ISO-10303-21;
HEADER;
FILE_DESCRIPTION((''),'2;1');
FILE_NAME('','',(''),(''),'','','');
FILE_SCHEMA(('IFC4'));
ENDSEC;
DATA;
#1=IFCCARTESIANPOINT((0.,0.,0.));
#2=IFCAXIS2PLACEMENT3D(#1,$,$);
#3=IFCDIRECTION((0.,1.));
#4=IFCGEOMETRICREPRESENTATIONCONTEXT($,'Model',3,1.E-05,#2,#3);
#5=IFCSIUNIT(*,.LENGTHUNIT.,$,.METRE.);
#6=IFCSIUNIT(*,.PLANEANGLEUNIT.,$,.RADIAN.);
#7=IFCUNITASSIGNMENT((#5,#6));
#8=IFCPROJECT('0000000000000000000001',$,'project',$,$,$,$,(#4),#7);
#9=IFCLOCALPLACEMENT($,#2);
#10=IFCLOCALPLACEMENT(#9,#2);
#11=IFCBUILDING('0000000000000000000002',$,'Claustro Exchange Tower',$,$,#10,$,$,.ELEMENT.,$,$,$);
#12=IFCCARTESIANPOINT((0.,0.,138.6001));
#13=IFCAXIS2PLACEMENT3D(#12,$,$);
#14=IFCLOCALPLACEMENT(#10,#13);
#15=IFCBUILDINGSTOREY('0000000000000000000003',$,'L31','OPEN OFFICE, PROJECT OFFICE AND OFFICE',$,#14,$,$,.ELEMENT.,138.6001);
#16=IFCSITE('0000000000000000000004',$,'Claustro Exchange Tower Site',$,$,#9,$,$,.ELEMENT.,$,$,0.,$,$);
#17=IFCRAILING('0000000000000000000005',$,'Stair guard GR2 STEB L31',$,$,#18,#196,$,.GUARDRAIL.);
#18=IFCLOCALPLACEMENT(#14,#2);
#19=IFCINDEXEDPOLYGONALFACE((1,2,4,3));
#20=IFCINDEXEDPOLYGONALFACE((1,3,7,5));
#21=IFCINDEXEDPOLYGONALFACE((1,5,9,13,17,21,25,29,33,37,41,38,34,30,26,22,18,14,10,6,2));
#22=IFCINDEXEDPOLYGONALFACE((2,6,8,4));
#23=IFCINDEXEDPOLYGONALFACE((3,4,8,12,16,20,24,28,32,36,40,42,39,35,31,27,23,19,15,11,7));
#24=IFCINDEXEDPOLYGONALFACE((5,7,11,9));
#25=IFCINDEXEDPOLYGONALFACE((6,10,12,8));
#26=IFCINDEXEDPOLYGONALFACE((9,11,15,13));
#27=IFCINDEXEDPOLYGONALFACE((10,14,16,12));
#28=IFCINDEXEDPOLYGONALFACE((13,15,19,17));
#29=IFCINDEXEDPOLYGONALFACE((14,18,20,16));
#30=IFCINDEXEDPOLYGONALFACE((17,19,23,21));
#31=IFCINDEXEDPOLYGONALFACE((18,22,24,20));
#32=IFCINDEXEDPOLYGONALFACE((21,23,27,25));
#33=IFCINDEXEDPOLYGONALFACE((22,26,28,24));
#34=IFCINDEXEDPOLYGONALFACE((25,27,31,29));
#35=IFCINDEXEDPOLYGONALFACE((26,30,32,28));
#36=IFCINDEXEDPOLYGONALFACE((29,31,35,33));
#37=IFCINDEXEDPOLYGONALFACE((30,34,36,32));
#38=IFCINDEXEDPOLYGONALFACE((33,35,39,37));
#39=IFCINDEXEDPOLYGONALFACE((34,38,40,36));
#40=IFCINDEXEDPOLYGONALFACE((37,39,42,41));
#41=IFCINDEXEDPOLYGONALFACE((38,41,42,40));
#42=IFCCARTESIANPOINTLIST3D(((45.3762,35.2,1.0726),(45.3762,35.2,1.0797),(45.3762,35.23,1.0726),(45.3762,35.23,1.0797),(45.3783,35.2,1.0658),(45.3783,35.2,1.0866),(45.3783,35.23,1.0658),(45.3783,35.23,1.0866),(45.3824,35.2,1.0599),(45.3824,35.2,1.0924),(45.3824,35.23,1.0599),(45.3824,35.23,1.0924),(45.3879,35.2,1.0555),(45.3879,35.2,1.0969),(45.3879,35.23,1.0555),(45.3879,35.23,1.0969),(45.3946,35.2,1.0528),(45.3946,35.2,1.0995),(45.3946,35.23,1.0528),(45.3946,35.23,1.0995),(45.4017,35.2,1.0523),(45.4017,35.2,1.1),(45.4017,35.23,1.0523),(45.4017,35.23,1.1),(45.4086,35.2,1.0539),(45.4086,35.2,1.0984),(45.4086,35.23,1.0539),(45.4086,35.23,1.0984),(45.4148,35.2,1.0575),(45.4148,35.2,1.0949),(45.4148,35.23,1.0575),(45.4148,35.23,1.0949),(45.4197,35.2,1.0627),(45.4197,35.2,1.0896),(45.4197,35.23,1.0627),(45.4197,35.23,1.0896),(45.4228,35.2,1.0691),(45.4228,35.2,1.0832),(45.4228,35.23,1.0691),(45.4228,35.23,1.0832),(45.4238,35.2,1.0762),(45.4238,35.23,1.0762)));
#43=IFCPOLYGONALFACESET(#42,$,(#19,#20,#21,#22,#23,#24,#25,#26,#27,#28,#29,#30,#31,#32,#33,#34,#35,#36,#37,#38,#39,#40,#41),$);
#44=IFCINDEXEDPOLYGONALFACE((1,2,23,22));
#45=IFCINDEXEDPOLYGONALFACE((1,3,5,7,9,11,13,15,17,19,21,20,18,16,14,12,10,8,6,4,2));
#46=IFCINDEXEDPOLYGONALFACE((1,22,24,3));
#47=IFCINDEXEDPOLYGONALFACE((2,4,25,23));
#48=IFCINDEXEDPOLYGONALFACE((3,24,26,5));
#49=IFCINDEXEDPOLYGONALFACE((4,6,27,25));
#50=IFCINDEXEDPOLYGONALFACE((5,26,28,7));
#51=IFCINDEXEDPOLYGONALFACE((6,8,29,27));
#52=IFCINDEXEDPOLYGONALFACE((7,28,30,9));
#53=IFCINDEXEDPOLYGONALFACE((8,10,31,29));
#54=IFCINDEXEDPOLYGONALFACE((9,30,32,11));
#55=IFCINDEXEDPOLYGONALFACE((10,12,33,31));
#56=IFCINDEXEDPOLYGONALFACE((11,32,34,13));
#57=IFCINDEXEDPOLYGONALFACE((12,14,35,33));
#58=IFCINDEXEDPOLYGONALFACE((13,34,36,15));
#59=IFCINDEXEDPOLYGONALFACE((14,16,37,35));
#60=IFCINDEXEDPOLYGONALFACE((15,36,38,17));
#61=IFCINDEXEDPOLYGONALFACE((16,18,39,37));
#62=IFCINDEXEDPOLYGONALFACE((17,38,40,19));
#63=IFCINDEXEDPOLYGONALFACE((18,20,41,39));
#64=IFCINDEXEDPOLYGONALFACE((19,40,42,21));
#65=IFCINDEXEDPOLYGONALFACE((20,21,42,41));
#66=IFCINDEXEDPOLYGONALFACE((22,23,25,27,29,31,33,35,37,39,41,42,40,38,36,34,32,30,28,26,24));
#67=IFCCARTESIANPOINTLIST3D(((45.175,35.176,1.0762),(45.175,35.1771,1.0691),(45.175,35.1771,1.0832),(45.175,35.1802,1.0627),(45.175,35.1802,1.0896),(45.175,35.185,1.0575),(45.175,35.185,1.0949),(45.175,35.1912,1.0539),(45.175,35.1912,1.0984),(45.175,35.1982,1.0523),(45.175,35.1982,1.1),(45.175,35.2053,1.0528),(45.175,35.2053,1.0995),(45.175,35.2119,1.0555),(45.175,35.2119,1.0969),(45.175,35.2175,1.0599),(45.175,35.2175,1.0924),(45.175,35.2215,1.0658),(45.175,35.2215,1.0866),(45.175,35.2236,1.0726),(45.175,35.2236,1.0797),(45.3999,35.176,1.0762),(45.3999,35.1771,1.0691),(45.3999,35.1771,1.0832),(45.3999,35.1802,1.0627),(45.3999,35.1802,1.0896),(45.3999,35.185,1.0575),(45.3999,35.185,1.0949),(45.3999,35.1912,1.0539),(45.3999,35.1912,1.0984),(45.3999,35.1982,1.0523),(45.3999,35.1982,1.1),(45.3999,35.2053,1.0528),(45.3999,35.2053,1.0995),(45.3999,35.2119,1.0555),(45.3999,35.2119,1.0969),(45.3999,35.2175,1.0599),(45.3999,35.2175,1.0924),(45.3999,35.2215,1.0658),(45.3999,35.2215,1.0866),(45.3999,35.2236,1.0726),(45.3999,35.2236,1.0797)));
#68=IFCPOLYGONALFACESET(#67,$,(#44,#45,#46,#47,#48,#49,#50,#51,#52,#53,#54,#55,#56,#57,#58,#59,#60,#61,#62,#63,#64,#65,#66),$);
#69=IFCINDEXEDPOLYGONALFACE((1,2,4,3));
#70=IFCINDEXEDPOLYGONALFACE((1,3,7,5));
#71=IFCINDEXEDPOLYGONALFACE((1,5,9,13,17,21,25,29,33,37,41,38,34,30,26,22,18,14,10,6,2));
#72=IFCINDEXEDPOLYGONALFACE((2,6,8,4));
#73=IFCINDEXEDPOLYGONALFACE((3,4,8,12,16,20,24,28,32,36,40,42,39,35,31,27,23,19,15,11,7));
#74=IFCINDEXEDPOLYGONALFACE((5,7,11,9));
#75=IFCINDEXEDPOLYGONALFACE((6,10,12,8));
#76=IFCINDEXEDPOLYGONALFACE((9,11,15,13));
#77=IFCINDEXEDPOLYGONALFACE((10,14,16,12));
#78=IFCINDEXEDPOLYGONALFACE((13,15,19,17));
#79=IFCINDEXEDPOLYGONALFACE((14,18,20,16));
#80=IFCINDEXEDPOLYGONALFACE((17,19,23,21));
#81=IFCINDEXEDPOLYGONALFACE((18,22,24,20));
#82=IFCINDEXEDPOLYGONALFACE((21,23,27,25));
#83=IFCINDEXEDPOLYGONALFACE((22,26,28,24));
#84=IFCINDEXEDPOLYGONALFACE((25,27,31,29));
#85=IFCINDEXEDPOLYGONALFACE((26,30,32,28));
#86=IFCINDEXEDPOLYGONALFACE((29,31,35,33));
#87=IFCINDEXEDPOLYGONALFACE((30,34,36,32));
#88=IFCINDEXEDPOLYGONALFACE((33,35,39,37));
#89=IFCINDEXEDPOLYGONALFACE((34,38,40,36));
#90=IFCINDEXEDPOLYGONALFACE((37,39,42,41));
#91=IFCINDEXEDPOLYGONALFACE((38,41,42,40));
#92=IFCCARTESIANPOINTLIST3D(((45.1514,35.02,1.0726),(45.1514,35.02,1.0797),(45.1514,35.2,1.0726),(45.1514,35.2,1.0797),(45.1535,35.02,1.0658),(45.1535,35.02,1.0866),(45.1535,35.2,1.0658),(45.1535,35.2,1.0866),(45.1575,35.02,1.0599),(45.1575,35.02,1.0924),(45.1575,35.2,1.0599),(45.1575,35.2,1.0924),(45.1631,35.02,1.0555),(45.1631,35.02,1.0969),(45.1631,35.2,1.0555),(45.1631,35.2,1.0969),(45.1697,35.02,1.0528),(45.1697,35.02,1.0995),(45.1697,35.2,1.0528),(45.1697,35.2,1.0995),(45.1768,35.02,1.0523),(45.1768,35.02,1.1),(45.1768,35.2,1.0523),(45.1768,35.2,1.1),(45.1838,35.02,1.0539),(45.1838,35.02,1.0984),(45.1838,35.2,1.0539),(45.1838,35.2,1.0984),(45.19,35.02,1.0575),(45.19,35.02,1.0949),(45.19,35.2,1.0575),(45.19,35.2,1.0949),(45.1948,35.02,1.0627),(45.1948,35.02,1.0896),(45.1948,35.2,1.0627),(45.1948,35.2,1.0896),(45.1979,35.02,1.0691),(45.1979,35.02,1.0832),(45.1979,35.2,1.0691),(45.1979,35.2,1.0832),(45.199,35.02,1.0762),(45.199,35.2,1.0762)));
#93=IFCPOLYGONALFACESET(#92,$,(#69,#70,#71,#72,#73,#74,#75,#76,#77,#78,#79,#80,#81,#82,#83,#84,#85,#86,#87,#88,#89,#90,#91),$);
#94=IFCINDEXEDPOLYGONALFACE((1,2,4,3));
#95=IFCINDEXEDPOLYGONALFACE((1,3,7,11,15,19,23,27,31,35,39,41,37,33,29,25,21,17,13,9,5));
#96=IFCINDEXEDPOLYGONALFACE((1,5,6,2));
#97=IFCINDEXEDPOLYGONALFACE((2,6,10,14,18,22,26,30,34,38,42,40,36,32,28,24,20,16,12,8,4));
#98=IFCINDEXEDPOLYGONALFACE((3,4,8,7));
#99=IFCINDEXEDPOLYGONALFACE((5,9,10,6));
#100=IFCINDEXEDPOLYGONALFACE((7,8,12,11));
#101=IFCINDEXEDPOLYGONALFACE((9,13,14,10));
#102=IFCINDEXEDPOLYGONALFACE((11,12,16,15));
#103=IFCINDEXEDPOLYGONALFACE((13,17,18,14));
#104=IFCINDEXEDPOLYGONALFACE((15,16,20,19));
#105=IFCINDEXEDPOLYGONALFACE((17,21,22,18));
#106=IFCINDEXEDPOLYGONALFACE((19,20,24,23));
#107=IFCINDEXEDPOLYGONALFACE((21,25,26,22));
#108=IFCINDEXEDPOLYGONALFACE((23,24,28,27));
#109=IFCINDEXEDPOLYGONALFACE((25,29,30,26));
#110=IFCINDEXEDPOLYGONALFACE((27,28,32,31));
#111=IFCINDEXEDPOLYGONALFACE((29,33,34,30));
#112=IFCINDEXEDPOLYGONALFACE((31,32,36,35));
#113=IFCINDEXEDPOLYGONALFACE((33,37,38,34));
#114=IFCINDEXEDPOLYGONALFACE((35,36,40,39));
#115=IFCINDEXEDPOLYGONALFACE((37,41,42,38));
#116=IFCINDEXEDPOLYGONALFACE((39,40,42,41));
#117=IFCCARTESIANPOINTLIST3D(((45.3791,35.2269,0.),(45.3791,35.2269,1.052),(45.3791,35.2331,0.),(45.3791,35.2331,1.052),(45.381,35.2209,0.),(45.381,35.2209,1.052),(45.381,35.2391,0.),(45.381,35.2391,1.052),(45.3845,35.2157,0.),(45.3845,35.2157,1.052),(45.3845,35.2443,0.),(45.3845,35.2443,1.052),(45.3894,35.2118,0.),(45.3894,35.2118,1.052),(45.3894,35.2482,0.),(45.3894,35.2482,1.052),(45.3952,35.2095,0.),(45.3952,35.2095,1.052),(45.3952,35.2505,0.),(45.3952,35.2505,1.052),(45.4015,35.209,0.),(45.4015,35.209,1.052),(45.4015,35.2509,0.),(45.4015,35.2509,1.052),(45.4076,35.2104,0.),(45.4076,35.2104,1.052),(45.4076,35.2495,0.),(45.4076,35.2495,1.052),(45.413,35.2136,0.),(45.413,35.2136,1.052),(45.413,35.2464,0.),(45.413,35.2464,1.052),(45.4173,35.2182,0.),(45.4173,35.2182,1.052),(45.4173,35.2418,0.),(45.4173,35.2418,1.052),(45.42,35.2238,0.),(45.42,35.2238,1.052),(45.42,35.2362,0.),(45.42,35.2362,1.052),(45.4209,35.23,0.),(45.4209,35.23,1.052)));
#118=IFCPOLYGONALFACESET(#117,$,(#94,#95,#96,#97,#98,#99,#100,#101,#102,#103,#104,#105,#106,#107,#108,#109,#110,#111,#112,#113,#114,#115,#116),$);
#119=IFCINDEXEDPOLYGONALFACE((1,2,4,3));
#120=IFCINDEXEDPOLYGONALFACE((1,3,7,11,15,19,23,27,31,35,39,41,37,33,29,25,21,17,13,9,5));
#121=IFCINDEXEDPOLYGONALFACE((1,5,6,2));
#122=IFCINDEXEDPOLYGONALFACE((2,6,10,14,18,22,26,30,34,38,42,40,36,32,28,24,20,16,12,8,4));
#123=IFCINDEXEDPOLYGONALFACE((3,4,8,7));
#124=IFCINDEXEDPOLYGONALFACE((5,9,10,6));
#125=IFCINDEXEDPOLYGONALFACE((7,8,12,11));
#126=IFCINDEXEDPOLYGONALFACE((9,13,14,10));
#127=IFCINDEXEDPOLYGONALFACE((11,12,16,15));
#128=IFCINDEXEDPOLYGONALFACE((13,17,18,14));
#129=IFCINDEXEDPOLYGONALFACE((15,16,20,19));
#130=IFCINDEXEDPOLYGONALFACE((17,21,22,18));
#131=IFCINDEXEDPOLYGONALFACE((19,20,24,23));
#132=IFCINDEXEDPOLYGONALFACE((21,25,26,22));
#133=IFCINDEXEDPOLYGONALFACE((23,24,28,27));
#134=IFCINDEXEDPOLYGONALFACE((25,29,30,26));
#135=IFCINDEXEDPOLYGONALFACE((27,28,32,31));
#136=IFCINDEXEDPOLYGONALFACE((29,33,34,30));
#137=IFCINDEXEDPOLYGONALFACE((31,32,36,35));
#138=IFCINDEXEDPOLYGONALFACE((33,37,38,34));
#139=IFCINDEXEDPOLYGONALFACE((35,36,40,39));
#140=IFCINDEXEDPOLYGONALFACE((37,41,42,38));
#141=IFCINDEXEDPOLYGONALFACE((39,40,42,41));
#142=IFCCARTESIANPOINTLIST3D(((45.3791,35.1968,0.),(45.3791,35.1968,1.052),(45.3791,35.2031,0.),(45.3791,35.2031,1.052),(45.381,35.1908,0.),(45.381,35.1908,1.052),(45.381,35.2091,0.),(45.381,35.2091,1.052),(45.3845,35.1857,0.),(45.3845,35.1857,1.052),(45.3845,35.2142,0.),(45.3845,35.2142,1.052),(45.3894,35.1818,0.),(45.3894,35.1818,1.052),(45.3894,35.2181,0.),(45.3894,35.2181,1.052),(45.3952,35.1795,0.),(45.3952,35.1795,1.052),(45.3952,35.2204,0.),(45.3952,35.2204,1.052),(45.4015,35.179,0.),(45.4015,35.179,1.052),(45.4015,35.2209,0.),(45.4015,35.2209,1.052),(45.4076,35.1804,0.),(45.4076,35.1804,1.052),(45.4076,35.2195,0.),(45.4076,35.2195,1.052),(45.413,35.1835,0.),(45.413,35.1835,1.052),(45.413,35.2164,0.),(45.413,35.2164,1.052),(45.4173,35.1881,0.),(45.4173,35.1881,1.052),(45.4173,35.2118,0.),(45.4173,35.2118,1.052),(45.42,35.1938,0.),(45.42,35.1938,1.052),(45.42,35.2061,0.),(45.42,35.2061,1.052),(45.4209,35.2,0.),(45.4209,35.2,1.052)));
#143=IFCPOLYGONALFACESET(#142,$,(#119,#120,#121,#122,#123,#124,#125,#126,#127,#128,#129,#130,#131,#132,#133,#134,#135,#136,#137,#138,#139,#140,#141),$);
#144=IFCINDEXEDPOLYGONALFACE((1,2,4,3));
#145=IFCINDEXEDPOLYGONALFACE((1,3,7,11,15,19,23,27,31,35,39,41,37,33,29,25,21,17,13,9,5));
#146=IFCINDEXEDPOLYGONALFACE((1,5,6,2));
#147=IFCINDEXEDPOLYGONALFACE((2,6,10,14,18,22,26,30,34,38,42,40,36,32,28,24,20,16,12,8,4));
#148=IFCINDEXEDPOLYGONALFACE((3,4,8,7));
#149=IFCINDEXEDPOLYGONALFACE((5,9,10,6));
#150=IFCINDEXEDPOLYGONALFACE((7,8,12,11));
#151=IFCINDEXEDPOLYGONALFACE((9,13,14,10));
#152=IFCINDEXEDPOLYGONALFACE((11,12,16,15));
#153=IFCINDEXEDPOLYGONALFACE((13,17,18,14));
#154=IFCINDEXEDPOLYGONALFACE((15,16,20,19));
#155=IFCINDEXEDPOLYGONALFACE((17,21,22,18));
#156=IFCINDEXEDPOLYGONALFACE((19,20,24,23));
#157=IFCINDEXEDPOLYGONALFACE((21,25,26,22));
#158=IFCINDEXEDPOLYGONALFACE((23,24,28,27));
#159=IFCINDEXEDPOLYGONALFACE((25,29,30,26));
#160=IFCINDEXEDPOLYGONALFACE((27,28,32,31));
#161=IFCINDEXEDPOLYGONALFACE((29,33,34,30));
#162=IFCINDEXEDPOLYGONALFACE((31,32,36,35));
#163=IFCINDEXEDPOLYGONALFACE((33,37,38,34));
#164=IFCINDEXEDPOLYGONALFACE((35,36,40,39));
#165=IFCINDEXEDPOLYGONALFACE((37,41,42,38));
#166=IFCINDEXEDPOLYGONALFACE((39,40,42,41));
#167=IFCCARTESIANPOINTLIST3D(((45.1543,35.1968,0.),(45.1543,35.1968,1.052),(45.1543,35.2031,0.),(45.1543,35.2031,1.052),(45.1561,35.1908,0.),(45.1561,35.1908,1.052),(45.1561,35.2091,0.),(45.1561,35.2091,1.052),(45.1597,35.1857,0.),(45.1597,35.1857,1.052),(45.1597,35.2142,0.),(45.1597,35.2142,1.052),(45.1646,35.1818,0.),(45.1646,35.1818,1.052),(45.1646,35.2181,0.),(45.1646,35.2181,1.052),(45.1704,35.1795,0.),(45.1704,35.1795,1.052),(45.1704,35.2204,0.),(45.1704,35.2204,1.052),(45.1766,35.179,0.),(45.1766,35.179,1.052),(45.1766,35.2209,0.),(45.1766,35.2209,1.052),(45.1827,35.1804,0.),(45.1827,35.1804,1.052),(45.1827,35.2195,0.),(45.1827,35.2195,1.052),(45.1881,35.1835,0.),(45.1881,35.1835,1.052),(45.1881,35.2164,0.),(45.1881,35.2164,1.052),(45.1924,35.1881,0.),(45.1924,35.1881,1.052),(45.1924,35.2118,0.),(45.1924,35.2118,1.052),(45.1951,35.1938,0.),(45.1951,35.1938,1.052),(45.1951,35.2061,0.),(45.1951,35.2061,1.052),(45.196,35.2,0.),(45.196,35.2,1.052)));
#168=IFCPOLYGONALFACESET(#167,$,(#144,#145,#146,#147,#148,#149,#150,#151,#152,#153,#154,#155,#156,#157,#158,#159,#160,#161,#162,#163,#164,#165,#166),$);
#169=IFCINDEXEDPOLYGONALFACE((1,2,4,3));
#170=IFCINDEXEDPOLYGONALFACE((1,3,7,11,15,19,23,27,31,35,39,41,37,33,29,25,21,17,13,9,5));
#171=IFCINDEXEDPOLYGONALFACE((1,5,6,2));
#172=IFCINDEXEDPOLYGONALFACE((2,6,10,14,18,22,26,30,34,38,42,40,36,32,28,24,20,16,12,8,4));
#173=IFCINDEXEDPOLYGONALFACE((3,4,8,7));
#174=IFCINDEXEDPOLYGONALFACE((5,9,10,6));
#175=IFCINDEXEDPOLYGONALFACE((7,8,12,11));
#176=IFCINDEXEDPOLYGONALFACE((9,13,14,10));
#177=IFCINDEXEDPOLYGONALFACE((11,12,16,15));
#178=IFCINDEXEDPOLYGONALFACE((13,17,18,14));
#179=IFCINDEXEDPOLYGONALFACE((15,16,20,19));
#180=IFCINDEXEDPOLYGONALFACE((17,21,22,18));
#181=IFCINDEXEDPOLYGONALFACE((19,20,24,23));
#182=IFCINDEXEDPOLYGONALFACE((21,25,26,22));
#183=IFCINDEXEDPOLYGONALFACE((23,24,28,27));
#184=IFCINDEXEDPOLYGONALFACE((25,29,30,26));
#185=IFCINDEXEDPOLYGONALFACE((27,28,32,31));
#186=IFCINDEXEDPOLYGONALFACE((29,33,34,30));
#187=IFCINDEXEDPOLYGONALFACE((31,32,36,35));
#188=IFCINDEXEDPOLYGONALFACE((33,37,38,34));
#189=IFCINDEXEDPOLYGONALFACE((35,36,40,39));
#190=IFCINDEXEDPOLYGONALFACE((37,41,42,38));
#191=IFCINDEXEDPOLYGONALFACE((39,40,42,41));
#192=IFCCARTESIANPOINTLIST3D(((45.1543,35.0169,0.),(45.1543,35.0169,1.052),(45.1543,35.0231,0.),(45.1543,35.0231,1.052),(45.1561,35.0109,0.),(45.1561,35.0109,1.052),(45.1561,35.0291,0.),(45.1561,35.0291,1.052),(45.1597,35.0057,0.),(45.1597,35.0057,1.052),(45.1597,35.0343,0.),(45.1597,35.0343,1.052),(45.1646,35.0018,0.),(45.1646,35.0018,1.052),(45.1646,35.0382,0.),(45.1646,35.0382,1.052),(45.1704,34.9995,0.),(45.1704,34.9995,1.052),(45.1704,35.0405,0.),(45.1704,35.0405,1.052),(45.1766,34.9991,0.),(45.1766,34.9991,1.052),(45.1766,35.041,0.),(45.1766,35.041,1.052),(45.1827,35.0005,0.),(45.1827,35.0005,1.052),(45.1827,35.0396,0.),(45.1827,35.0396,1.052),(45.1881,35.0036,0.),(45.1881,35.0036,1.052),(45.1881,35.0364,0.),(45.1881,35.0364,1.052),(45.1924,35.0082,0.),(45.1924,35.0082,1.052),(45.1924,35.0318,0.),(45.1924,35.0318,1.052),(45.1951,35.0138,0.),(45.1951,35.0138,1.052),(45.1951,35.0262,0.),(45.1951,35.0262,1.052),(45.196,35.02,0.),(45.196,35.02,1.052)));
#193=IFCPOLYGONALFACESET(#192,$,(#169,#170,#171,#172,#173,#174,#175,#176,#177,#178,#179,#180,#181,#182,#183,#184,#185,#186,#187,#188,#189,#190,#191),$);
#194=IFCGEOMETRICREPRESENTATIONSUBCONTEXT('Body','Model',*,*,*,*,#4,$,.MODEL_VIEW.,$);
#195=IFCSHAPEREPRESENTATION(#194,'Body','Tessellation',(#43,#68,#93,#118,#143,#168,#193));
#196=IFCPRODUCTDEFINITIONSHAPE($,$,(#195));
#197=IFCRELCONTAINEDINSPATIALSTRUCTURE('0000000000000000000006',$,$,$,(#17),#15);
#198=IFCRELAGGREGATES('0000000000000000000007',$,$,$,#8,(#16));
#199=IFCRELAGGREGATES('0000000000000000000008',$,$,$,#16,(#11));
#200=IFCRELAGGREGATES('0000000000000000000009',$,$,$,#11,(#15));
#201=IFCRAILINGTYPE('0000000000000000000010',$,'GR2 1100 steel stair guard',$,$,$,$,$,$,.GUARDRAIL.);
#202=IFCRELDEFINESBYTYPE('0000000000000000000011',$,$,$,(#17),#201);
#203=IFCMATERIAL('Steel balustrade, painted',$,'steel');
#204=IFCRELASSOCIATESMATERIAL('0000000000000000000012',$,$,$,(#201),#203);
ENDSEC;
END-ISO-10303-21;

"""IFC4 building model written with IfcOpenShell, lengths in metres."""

from ifc_helpers import new_model, si_unit, direction, frame, origin, origin_2d, place, context, subcontext, project, spatial, circle, extrude, material, type_object, element, save


model = new_model("IFC4")

# Units and contexts
model_context = context("Model", 3, precision=1e-05, world=origin(), true_north=direction((0.0, 1.0)))
body_context = subcontext(model_context, "Body", "Model", "MODEL_VIEW")
ifc_project = project(units=[si_unit("LENGTHUNIT", "METRE"), si_unit("PLANEANGLEUNIT", "RADIAN")], contexts=[model_context])

# Site, building, storey
site_placement = place(None, origin())
site = spatial("IfcSite", under=ifc_project, at=site_placement, Name="Claustro Exchange Tower Site", CompositionType="ELEMENT", RefElevation=0.0)
building_placement = place(site_placement, origin())
building = spatial("IfcBuilding", under=site, at=building_placement, Name="Claustro Exchange Tower", CompositionType="ELEMENT")
storey_placement = place(building_placement, frame((0.0, 0.0, 138.6001)))
storey = spatial("IfcBuildingStorey", under=building, at=storey_placement, Name="L31", Description="OPEN OFFICE, PROJECT OFFICE AND OFFICE", CompositionType="ELEMENT", Elevation=138.6001)

# Railing
ifc_material_1 = material(Name="Steel balustrade, painted", Category="steel")
railing_type_1 = type_object("IfcRailingType", Name="GR2 1100 steel stair guard", PredefinedType="GUARDRAIL", material=ifc_material_1)
railing_1_placement = place(storey_placement, frame((45.3999, 35.23, 0.0)))
element("IfcRailing", 1, at=railing_1_placement, inside=storey, type_object=railing_type_1, Name="Stair guard GR2 STEB L31", PredefinedType="GUARDRAIL", context=body_context, shape_type="SweptSolid", body=[
    extrude(circle(Radius=0.0239, at=origin_2d()), frame((0.0, 0.0, 1.0762), z_axis=(0.0, -1.0, 0.0), x_axis=(1.0, 0.0, 0.0)), (0.0, 0.0, 1.0), 0.03),
    extrude(circle(Radius=0.0239, at=origin_2d()), frame((0.0, -0.03, 1.0762), z_axis=(-1.0, 0.0, 0.0), x_axis=(0.0, -1.0, 0.0)), (0.0, 0.0, 1.0), 0.2249),
    extrude(circle(Radius=0.0239, at=origin_2d()), frame((-0.2249, -0.03, 1.0762), z_axis=(0.0, -1.0, 0.0), x_axis=(1.0, 0.0, 0.0)), (0.0, 0.0, 1.0), 0.1799),
    extrude(circle(Radius=0.021, at=origin_2d()), origin(), (0.0, 0.0, 1.0), 1.052),
    extrude(circle(Radius=0.021, at=origin_2d()), frame((0.0, -0.03, 0.0)), (0.0, 0.0, 1.0), 1.052),
    extrude(circle(Radius=0.021, at=origin_2d()), frame((-0.2249, -0.03, 0.0)), (0.0, 0.0, 1.0), 1.052),
    extrude(circle(Radius=0.021, at=origin_2d()), frame((-0.2249, -0.21, 0.0)), (0.0, 0.0, 1.0), 1.052),
])

save(model, "model.ifc")
